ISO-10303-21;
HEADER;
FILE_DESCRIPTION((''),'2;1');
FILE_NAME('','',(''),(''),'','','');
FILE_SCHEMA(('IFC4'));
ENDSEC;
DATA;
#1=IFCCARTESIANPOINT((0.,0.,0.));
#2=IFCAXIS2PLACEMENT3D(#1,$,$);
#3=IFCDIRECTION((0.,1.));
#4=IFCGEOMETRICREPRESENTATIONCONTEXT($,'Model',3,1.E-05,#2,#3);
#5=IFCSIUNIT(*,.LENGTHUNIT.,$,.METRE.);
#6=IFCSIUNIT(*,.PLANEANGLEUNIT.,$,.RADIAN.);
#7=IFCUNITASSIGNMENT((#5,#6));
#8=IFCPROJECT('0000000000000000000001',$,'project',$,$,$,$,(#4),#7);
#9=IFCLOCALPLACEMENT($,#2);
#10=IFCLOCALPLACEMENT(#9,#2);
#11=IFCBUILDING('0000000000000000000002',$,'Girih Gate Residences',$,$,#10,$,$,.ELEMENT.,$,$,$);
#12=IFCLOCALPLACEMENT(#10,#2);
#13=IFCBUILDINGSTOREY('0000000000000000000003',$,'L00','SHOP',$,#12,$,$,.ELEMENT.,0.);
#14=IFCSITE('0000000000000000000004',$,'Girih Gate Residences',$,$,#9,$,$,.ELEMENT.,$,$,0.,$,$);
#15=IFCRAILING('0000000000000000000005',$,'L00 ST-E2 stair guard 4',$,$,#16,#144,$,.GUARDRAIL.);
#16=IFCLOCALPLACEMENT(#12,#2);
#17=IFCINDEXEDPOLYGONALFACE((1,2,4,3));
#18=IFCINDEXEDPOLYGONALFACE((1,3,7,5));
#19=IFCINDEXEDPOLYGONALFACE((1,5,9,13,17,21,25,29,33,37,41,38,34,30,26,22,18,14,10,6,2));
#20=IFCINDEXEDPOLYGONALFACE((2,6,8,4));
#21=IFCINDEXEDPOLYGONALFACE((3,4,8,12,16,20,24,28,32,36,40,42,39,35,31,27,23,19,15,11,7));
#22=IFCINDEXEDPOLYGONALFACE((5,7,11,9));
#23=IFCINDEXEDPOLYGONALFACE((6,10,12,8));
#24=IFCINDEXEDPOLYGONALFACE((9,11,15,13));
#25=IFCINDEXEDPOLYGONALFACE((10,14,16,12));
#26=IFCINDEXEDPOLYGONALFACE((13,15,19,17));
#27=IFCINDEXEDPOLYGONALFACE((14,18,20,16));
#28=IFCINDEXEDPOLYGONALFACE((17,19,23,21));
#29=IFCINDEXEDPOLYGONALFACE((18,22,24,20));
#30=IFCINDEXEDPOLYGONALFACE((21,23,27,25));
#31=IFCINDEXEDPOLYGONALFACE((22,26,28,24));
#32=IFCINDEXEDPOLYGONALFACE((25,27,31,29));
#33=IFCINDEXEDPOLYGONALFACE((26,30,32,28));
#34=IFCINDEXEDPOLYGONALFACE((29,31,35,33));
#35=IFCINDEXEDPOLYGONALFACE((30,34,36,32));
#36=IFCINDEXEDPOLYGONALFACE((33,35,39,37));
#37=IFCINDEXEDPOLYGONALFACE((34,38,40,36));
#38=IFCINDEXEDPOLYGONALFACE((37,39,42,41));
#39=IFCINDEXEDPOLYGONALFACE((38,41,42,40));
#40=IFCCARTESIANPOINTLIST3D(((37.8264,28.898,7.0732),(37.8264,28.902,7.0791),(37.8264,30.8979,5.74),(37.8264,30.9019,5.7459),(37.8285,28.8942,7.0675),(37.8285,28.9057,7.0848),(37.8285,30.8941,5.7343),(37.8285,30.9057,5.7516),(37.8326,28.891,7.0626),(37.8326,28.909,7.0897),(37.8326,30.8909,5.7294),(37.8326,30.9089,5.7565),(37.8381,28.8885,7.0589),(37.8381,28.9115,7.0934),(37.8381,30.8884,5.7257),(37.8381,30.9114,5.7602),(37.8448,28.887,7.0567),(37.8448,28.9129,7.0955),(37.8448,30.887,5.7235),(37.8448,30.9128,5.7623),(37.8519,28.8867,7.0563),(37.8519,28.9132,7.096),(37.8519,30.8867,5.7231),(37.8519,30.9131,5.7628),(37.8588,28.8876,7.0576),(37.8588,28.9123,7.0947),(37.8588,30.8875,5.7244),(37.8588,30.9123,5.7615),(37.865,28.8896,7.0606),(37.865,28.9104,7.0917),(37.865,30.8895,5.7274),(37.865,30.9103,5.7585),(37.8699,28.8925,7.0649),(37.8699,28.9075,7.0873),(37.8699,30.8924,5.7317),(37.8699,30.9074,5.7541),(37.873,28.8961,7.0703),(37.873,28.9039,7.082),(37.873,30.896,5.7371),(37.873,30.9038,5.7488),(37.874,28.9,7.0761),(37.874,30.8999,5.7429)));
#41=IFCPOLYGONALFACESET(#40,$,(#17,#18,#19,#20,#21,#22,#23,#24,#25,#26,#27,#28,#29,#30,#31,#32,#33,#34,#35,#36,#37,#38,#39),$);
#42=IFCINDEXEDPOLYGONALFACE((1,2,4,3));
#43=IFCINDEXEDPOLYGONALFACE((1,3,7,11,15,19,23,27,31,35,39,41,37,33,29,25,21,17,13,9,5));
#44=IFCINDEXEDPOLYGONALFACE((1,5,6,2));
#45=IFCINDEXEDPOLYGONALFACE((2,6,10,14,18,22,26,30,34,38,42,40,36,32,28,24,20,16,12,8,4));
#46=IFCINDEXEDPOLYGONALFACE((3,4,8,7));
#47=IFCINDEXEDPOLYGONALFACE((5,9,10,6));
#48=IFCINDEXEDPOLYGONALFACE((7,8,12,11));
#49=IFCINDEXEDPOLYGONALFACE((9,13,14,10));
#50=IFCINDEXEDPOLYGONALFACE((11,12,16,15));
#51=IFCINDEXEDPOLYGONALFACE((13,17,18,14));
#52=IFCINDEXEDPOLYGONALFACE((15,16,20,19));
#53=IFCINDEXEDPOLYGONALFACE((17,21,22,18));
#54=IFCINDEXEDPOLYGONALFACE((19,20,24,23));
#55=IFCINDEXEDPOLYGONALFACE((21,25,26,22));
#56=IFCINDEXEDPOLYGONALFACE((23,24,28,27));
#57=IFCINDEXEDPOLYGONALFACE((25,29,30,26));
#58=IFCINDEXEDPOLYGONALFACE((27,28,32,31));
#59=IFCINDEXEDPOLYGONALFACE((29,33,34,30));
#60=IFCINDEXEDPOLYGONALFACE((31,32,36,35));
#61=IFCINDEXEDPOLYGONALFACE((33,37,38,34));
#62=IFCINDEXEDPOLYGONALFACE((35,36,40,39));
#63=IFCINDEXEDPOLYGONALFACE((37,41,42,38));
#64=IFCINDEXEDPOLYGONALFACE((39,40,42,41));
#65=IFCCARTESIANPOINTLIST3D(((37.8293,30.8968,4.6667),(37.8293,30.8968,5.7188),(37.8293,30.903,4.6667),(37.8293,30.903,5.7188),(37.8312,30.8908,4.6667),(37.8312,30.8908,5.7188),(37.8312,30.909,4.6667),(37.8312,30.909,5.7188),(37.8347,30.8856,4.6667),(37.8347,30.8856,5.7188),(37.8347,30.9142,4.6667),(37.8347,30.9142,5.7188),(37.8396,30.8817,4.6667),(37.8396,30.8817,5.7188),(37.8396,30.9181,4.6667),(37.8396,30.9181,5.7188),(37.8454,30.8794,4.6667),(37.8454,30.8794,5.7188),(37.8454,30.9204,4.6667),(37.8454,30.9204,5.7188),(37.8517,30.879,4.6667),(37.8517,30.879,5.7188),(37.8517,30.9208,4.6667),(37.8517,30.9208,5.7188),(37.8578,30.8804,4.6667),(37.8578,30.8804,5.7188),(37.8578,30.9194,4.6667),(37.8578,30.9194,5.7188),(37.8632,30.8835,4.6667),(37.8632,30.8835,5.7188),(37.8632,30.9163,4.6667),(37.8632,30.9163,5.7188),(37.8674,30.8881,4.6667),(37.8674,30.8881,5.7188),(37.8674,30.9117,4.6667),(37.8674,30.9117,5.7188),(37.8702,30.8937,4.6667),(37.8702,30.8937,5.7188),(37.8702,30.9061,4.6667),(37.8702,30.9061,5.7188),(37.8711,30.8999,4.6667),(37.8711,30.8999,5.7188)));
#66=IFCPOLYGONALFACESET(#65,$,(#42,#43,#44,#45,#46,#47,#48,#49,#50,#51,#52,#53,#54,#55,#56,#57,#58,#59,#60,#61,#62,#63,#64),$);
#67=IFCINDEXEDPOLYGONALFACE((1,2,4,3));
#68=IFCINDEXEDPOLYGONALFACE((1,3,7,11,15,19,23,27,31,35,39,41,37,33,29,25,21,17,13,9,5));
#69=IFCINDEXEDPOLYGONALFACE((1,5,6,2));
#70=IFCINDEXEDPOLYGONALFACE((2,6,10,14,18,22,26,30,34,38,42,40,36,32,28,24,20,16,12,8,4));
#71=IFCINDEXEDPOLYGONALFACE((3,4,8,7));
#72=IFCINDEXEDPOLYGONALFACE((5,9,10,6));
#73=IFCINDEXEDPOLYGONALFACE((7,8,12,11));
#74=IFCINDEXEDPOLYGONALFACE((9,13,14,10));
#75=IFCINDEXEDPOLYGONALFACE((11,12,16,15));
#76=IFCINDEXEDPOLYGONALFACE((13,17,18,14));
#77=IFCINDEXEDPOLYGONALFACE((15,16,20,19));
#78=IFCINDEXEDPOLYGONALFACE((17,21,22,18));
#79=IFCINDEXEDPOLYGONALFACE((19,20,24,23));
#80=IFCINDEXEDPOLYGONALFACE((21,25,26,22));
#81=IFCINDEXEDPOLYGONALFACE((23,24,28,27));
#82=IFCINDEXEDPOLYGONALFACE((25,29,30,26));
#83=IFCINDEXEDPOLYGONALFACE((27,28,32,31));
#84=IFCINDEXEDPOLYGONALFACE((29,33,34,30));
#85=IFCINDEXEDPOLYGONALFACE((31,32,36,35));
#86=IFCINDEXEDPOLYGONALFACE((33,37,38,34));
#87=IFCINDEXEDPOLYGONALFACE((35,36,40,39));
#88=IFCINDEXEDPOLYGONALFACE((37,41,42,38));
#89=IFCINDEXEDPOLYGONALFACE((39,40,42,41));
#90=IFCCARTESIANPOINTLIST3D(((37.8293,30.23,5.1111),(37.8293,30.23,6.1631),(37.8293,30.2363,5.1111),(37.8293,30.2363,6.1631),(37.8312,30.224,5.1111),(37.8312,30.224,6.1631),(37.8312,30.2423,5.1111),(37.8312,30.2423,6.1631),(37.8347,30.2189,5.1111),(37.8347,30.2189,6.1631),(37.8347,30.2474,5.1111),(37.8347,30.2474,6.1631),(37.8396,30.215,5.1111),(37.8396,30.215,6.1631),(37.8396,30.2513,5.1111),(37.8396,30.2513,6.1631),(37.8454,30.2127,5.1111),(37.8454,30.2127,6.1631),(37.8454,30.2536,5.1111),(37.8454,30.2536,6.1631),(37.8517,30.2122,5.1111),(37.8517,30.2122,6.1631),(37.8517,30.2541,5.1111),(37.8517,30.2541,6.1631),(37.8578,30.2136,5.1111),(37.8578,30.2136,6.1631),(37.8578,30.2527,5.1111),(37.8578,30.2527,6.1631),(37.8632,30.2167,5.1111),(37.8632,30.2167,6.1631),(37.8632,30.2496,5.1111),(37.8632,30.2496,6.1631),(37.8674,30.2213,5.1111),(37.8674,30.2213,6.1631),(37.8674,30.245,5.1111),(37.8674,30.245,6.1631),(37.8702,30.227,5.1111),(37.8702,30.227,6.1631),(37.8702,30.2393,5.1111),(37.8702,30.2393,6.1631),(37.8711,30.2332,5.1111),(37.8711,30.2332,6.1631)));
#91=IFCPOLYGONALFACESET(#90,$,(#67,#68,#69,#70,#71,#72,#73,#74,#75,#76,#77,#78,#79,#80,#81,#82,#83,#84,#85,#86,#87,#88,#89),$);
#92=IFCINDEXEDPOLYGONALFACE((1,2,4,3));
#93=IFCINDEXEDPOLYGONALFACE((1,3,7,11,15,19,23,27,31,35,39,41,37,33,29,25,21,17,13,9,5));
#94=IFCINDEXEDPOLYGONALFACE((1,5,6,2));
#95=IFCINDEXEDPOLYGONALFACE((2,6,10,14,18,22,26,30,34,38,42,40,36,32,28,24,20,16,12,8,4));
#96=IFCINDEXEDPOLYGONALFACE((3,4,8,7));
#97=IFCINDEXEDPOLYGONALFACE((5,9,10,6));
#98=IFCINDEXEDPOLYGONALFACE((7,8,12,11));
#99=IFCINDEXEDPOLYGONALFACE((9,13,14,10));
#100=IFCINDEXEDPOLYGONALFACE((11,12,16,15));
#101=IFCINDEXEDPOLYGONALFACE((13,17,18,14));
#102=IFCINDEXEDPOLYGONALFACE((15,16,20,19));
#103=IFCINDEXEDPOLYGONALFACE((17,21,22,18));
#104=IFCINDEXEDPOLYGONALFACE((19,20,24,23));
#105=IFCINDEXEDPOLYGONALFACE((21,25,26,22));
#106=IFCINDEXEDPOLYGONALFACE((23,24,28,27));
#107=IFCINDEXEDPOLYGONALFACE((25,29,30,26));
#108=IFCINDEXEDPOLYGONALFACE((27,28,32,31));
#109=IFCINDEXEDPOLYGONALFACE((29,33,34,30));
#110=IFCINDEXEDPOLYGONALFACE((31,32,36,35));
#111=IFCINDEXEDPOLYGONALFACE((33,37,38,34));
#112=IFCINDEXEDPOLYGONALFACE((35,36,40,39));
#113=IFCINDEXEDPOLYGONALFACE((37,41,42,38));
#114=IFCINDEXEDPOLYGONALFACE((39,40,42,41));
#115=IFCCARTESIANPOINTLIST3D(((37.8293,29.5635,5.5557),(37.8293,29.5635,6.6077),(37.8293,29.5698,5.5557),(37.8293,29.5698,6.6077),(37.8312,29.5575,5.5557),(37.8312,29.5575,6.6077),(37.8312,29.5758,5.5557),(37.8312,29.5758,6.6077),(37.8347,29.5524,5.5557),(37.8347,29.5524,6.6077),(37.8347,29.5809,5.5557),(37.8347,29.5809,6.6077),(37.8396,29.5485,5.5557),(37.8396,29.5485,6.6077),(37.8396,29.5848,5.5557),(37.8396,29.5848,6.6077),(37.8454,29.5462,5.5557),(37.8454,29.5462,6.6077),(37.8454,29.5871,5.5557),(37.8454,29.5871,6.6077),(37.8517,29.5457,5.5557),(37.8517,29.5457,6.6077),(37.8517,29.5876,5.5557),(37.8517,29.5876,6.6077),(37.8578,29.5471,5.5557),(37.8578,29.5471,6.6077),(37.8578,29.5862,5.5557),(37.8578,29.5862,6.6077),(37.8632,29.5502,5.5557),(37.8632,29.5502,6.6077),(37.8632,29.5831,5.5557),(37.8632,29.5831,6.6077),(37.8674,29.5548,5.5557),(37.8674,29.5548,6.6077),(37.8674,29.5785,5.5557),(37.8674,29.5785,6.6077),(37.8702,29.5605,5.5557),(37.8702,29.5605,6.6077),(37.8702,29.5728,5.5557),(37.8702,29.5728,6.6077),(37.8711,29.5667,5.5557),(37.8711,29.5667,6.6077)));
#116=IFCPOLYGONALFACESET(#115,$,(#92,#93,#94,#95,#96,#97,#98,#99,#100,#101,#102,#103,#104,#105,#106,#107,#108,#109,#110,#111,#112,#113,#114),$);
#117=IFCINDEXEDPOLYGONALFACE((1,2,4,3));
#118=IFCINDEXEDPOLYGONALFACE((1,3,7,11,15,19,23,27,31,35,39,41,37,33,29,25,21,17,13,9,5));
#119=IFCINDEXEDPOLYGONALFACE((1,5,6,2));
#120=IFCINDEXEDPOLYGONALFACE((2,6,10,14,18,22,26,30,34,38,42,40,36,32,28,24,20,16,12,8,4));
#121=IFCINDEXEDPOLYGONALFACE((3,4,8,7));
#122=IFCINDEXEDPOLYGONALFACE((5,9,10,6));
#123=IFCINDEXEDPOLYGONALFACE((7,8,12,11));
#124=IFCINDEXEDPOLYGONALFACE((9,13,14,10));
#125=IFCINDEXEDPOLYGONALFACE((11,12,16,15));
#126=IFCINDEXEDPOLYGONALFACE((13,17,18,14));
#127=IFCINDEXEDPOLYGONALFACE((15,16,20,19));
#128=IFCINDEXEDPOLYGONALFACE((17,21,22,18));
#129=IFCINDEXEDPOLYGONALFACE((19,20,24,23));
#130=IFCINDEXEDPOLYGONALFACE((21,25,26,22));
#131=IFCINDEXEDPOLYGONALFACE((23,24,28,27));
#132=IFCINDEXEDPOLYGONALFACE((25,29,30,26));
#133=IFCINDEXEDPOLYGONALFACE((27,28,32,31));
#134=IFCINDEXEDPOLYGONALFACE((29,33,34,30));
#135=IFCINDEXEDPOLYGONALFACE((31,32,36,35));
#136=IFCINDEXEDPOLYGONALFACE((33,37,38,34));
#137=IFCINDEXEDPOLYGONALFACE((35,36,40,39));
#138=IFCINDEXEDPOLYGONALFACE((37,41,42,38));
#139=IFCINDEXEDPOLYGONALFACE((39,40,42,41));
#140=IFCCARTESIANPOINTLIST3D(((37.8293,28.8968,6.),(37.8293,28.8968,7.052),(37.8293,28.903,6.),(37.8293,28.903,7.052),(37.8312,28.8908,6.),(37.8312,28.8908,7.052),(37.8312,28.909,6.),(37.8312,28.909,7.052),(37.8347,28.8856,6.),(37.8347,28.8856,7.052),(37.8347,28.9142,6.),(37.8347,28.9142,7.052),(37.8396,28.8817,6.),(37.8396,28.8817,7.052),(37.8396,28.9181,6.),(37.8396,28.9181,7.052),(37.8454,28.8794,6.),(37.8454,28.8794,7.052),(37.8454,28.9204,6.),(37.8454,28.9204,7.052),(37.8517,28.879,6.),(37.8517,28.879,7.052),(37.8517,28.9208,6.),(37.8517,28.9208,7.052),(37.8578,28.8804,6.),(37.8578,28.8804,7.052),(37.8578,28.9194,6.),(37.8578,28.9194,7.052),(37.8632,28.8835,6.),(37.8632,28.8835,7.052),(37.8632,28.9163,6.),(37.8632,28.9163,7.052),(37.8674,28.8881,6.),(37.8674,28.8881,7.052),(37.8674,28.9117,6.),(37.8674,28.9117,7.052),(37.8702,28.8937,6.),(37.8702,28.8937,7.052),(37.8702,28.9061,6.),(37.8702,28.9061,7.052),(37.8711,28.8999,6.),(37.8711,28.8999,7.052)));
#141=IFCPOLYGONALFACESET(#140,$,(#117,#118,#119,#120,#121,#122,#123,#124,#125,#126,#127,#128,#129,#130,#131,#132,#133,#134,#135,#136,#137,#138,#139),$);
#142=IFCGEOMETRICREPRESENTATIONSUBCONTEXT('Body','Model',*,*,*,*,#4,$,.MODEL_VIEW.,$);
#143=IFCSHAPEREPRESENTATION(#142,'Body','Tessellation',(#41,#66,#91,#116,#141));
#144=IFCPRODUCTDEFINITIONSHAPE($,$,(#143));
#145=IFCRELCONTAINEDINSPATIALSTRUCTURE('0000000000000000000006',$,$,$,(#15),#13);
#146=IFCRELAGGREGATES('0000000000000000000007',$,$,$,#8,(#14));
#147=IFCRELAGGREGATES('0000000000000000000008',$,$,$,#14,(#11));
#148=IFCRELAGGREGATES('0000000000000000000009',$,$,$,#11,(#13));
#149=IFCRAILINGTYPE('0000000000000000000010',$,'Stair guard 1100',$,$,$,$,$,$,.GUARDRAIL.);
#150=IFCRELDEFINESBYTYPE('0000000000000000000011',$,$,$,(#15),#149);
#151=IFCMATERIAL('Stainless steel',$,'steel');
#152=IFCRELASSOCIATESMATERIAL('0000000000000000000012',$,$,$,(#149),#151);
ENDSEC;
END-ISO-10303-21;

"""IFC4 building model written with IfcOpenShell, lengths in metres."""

from ifc_helpers import new_model, si_unit, direction, frame, origin, origin_2d, place, context, subcontext, project, spatial, circle, extrude, material, type_object, element, save


model = new_model("IFC4")

# Units and contexts
model_context = context("Model", 3, precision=1e-05, world=origin(), true_north=direction((0.0, 1.0)))
body_context = subcontext(model_context, "Body", "Model", "MODEL_VIEW")
ifc_project = project(units=[si_unit("LENGTHUNIT", "METRE"), si_unit("PLANEANGLEUNIT", "RADIAN")], contexts=[model_context])

# Site, building, storey
site_placement = place(None, origin())
site = spatial("IfcSite", under=ifc_project, at=site_placement, Name="Girih Gate Residences", CompositionType="ELEMENT", RefElevation=0.0)
building_placement = place(site_placement, origin())
building = spatial("IfcBuilding", under=site, at=building_placement, Name="Girih Gate Residences", CompositionType="ELEMENT")
storey_placement = place(building_placement, origin())
storey = spatial("IfcBuildingStorey", under=building, at=storey_placement, Name="L00", Description="SHOP", CompositionType="ELEMENT", Elevation=0.0)

# Shared definitions
ifc_material_1 = material(Name="Stainless steel", Category="steel")

# Railing
railing_type = type_object("IfcRailingType", Name="Stair guard 1100", PredefinedType="GUARDRAIL", material=ifc_material_1)
for number, where, name in (
    (1, (37.8501, 30.8999, 4.6667), "L00 ST-E2 stair guard 4"),
):
    element("IfcRailing", number, at=place(storey_placement, frame(where)), inside=storey, type_object=railing_type, Name=name, PredefinedType="GUARDRAIL", context=body_context, shape_type="SweptSolid", body=[
        extrude(circle(Radius=0.0239, at=origin_2d()), frame((0.0, 0.0, 1.0762), z_axis=(0.0, -0.832066, 0.554677), x_axis=(1.0, 0.0, 0.0)), (0.0, 0.0, 1.0), 2.4036),
        extrude(circle(Radius=0.021, at=origin_2d()), origin(), (0.0, 0.0, 1.0), 1.052),
        extrude(circle(Radius=0.021, at=origin_2d()), frame((0.0, -0.6667, 0.4443)), (0.0, 0.0, 1.0), 1.052),
        extrude(circle(Radius=0.021, at=origin_2d()), frame((0.0, -1.3333, 0.8889)), (0.0, 0.0, 1.0), 1.052),
        extrude(circle(Radius=0.021, at=origin_2d()), frame((0.0, -2.0, 1.3333)), (0.0, 0.0, 1.0), 1.052),
    ])

save(model, "model.ifc")
